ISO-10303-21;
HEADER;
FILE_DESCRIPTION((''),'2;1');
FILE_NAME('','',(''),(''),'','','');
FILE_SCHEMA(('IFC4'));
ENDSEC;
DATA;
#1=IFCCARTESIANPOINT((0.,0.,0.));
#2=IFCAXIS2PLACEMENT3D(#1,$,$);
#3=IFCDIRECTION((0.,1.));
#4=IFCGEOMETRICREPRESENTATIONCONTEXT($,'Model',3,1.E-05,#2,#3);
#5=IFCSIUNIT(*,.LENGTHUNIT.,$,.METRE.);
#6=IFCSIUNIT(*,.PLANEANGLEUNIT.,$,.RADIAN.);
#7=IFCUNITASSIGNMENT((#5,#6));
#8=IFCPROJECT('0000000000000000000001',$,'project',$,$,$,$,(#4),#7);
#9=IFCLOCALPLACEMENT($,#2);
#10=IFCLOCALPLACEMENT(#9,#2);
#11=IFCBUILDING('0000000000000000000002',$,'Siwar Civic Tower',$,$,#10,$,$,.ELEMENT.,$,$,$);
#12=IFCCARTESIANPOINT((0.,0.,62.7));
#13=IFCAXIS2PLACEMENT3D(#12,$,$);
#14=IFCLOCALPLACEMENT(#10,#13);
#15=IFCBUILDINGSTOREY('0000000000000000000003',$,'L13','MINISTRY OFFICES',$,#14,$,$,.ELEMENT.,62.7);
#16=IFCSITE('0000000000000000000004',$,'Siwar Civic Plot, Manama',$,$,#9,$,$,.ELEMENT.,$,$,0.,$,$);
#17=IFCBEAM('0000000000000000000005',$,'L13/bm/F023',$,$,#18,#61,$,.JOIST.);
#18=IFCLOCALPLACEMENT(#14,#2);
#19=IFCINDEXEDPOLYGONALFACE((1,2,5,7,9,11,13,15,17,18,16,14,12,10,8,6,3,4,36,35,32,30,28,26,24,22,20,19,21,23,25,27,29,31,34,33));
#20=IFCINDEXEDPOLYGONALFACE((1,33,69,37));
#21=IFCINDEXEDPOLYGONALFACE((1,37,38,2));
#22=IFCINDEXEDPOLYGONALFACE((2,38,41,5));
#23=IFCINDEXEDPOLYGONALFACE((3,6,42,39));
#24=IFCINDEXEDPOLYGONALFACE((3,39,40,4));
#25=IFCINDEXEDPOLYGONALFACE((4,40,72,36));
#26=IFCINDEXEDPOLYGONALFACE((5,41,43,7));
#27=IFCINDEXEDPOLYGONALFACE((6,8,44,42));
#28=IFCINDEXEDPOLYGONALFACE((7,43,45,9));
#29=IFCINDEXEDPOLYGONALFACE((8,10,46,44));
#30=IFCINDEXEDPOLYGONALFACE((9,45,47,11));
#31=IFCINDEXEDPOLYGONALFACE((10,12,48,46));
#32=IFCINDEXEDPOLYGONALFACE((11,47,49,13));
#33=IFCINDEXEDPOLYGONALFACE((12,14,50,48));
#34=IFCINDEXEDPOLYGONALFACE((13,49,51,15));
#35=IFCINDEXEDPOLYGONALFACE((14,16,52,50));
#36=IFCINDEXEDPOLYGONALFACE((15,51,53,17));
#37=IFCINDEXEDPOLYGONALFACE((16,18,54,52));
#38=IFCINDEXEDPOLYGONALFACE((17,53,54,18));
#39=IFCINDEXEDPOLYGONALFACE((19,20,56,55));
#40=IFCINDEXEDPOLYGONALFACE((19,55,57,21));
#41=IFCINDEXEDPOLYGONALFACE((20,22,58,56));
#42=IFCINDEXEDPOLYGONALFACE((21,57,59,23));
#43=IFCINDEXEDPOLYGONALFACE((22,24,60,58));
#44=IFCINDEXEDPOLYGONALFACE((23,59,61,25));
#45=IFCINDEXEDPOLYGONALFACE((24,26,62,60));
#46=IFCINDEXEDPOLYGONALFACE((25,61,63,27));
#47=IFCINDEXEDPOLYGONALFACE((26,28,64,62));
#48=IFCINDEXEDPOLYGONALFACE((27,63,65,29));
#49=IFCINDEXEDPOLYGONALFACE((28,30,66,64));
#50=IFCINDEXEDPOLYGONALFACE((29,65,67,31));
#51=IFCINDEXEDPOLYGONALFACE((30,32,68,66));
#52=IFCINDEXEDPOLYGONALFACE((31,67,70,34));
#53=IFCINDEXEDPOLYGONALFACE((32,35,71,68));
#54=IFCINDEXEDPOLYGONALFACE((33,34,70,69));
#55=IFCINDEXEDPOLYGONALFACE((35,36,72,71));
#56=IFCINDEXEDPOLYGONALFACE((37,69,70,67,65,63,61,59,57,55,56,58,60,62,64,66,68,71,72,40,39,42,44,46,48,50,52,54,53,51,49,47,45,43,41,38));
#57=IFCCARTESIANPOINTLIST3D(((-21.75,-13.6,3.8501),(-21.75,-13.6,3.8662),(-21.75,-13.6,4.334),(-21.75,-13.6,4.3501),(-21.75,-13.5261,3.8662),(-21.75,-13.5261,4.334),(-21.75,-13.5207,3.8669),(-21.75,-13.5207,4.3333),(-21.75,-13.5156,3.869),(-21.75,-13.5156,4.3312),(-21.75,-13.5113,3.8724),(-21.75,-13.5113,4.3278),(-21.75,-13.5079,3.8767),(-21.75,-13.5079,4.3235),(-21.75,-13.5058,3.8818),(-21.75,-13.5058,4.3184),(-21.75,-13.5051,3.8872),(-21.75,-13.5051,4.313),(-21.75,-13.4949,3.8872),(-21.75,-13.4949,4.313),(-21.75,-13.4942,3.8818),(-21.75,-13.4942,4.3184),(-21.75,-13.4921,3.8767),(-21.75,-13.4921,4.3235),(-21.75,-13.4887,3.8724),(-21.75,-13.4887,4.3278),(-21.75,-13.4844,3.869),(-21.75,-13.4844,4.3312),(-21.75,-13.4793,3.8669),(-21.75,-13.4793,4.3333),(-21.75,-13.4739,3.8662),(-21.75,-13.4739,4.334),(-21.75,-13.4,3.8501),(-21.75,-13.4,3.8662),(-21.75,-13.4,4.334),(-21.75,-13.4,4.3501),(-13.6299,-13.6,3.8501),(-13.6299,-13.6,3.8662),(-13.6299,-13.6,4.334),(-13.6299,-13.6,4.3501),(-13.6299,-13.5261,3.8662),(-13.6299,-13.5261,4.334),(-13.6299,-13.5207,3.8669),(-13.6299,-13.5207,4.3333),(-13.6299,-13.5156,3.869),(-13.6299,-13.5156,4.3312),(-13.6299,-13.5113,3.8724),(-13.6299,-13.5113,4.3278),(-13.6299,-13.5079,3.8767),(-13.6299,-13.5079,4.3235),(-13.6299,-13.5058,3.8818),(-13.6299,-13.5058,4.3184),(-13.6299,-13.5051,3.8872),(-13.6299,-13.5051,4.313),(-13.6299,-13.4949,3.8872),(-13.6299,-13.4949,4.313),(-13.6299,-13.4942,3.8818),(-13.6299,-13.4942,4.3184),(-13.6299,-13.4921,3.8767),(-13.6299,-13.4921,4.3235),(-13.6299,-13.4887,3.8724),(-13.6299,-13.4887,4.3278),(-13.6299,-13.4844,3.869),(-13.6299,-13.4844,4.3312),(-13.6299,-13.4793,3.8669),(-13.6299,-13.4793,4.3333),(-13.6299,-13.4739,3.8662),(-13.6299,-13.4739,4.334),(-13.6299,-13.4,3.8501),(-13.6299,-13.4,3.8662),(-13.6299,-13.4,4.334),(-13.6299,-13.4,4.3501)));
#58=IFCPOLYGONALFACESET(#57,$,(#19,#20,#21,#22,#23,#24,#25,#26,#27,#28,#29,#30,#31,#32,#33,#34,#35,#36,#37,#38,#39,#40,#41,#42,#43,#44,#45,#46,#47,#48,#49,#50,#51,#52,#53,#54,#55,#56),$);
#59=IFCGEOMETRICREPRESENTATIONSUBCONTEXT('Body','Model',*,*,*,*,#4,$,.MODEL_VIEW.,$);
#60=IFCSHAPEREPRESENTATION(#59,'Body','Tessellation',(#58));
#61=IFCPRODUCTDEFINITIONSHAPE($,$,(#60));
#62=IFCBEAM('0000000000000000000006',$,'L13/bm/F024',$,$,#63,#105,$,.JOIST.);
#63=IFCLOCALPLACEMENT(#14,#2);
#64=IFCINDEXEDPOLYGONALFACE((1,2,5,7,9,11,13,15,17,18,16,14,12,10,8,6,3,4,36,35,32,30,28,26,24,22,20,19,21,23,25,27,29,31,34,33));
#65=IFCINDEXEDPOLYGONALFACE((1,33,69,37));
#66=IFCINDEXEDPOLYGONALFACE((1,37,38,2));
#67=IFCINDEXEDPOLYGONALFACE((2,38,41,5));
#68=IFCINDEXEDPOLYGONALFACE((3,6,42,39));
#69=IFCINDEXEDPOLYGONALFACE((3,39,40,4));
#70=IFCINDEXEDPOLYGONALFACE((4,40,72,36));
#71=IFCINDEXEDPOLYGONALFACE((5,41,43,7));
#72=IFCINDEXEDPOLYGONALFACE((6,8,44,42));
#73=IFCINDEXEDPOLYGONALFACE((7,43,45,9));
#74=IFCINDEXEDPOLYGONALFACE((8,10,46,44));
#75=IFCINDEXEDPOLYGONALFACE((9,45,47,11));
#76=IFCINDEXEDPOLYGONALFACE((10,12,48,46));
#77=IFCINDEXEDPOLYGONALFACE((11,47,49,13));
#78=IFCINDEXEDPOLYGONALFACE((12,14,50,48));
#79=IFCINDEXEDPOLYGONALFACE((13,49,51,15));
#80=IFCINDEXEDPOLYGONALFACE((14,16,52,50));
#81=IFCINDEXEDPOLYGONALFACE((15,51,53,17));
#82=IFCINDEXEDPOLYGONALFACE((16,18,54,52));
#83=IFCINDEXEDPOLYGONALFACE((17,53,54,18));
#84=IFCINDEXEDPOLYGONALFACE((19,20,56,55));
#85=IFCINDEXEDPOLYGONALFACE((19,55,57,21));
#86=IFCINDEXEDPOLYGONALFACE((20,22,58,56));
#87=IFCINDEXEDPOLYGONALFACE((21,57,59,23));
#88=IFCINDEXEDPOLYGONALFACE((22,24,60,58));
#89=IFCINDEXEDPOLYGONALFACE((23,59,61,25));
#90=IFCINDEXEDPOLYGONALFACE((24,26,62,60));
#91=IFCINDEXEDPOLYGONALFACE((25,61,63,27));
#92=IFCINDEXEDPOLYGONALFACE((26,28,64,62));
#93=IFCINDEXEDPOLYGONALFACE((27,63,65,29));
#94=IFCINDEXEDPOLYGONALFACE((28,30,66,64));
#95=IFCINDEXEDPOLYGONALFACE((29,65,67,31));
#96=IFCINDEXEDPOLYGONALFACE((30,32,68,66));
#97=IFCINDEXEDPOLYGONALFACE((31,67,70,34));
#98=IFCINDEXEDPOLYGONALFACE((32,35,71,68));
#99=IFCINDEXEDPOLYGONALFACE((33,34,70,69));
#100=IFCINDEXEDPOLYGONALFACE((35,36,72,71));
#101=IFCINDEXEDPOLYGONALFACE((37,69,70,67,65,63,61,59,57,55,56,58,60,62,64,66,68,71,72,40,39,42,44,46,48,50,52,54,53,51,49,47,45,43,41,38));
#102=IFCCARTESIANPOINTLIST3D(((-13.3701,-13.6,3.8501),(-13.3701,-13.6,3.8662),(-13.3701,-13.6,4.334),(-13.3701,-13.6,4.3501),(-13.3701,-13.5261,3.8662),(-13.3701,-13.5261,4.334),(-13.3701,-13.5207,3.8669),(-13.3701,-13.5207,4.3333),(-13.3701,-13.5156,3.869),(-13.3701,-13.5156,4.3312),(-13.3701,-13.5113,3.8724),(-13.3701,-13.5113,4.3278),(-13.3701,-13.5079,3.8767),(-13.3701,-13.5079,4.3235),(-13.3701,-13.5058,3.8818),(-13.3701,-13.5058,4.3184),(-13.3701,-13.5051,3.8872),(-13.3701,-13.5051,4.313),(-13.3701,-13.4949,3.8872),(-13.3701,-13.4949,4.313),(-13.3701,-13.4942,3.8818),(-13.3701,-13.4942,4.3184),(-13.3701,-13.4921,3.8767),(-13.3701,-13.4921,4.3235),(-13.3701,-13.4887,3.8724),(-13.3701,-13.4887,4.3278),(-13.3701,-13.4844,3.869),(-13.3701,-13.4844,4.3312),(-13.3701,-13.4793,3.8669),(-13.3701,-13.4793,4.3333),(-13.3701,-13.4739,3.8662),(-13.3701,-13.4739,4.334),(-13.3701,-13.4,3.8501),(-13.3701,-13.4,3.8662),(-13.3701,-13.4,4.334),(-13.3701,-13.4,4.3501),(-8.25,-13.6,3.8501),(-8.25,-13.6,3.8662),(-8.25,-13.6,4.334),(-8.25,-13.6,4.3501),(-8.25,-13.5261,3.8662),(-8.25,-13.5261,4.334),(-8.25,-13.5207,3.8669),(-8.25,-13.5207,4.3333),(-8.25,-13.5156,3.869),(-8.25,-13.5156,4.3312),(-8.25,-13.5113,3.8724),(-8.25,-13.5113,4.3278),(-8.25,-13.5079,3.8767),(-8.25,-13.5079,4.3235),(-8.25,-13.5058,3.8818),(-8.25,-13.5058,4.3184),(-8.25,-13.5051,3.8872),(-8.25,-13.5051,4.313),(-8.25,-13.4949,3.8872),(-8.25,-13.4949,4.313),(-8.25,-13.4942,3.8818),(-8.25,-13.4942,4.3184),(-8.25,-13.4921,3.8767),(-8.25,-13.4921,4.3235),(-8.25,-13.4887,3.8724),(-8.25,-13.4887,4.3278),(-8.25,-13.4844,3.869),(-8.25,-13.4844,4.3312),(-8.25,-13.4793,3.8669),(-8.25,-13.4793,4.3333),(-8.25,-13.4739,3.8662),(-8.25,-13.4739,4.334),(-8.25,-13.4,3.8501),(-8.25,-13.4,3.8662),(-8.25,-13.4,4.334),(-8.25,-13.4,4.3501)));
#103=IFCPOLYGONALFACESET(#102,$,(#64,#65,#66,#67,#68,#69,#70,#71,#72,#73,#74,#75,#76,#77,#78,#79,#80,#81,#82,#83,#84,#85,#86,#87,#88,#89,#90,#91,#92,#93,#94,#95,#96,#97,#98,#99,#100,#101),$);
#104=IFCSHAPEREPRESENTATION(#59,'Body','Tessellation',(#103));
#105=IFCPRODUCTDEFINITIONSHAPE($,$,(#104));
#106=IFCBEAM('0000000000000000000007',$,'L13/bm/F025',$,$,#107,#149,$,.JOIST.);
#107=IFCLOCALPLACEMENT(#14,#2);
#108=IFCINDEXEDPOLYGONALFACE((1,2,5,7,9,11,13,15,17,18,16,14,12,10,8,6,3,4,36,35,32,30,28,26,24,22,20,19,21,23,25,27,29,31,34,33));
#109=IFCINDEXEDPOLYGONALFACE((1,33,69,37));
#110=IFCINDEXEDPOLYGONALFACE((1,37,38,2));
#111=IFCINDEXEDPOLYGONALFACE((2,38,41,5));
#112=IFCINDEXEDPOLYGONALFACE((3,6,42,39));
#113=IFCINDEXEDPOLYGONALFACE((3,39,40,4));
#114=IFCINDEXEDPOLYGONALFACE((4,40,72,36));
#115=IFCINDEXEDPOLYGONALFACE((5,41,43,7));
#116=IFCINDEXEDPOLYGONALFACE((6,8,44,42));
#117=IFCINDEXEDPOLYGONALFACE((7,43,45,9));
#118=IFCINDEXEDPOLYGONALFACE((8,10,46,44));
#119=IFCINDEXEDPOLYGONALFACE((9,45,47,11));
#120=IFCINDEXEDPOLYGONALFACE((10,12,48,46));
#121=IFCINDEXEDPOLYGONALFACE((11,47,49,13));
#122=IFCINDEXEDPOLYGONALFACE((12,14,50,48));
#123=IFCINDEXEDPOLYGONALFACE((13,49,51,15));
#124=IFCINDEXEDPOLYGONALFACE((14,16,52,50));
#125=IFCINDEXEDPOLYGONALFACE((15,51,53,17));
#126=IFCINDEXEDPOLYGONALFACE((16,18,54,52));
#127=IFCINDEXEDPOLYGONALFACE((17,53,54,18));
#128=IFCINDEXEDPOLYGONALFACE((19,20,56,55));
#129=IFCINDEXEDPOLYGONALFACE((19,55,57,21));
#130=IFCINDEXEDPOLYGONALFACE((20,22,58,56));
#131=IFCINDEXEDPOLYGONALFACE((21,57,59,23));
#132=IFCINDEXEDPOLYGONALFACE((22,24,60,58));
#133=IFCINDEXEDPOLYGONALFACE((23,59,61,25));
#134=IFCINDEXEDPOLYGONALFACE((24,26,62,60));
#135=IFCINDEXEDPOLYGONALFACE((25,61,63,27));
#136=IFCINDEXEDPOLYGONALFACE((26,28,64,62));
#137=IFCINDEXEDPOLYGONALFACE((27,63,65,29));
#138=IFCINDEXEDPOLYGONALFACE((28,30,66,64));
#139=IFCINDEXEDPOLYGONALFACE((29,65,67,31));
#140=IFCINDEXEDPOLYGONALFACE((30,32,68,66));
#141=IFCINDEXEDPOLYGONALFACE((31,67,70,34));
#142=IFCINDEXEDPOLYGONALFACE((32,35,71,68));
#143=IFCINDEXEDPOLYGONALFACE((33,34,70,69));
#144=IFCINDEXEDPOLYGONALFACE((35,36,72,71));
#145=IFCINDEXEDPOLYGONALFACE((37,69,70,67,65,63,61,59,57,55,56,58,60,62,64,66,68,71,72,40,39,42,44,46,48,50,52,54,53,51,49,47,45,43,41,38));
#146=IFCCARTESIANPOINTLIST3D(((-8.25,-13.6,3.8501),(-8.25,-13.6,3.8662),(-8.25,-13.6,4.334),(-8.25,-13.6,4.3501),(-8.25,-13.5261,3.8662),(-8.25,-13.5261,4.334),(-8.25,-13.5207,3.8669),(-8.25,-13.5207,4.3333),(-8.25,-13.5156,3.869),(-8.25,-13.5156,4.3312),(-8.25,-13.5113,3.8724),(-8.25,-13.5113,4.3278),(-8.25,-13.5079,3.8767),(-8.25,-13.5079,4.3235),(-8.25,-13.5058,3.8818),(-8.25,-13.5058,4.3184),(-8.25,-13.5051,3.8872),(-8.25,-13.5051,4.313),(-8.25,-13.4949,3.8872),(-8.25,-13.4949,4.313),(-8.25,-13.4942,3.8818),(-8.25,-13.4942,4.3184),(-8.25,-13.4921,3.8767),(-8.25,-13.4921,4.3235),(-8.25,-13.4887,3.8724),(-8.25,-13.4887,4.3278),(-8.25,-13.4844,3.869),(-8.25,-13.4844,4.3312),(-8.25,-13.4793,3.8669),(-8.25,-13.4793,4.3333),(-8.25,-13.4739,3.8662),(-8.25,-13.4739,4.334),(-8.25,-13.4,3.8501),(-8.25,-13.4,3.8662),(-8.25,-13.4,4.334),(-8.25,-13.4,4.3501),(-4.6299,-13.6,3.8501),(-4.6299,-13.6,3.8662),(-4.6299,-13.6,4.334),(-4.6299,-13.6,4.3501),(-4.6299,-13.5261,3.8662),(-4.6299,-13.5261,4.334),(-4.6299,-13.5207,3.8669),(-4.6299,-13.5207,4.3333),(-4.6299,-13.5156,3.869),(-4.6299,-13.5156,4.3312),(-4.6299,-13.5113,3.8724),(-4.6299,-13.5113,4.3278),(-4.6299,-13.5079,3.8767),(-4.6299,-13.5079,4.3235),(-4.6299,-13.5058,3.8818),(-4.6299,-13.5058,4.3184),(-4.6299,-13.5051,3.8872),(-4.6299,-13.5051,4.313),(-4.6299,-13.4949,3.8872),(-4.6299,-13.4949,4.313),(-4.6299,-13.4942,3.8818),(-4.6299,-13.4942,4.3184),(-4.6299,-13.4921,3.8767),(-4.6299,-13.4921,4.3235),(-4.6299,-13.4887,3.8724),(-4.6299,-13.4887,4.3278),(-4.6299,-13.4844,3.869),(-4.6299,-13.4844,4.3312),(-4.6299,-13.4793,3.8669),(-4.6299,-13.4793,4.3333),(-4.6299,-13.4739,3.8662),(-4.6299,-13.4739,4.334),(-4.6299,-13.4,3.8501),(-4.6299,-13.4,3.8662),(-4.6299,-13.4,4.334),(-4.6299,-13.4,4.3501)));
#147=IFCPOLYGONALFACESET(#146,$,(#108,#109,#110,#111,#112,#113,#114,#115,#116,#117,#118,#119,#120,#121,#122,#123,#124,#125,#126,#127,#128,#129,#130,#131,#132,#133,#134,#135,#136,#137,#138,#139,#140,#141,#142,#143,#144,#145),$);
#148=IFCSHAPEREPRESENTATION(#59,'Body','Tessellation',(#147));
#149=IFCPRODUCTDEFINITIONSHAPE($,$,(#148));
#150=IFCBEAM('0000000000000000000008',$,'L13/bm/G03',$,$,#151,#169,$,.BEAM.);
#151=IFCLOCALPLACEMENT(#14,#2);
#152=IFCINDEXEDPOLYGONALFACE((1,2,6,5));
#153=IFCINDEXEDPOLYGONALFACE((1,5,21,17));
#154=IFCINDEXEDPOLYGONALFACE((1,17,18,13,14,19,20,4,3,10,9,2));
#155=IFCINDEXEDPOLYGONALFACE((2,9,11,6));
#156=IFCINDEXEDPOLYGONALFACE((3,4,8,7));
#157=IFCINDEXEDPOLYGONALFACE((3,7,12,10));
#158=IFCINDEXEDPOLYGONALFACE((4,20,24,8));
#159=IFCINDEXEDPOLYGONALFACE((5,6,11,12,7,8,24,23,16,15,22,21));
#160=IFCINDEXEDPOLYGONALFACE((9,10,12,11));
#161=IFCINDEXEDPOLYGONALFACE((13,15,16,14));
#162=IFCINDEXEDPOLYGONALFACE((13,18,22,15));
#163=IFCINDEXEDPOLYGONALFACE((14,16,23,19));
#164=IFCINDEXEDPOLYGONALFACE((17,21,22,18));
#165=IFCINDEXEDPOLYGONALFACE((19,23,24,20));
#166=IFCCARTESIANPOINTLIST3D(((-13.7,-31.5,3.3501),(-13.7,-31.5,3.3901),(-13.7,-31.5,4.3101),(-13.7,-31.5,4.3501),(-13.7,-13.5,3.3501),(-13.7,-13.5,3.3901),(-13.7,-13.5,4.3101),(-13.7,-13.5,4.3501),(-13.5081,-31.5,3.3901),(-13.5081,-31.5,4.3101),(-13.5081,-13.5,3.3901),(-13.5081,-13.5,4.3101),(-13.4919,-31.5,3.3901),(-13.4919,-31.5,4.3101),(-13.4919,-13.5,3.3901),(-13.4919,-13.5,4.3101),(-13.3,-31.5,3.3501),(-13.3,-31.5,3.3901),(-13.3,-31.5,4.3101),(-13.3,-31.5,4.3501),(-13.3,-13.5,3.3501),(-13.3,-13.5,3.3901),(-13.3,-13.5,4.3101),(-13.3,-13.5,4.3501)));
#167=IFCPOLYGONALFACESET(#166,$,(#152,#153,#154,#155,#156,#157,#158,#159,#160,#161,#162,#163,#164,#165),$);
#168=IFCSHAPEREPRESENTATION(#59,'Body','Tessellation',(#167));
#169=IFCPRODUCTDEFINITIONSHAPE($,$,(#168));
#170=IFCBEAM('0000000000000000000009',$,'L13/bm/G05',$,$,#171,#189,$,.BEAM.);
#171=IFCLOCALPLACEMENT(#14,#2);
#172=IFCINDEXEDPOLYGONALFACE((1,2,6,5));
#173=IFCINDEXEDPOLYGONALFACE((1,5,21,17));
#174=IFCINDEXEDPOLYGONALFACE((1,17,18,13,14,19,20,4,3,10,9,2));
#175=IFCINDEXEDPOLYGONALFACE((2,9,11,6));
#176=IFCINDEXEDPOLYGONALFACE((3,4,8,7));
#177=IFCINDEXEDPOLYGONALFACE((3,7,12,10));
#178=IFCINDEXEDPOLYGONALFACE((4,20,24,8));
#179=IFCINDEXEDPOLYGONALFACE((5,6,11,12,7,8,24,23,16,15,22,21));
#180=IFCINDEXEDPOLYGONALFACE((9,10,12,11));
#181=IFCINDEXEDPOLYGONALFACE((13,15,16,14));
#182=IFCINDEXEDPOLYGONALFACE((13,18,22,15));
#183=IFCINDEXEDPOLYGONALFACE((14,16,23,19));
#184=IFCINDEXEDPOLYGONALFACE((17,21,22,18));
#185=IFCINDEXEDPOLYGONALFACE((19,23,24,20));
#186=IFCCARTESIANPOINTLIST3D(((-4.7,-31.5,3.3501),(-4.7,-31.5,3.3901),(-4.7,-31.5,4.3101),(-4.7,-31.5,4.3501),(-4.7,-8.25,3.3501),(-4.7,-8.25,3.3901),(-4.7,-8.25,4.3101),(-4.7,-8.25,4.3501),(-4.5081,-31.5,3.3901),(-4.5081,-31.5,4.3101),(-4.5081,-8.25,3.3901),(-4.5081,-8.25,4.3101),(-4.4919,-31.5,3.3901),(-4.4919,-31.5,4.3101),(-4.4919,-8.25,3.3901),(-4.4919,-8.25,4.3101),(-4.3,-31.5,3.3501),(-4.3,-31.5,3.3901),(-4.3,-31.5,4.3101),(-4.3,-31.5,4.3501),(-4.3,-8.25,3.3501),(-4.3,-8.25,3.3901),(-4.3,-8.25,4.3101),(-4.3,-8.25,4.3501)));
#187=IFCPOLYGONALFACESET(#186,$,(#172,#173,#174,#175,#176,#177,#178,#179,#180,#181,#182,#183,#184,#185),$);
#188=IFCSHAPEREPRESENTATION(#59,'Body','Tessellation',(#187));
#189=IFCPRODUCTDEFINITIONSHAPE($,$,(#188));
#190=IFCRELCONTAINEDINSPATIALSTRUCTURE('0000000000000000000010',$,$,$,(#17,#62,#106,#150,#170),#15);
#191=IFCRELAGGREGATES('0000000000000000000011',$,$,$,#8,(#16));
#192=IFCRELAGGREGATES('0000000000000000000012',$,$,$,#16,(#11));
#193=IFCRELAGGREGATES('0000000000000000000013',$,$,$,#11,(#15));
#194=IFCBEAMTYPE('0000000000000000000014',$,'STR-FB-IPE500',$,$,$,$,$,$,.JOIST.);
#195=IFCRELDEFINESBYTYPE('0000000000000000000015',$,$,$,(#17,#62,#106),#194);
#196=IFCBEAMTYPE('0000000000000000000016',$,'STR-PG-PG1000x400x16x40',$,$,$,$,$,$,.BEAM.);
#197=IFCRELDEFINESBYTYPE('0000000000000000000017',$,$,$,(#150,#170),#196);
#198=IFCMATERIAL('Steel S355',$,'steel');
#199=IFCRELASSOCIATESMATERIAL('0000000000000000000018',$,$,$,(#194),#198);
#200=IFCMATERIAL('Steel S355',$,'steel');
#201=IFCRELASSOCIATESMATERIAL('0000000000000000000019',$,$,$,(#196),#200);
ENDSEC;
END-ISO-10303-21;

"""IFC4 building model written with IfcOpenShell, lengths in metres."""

from ifc_helpers import new_model, si_unit, direction, frame, origin, origin_2d, place, context, subcontext, project, spatial, i_section, extrude, material, material_profile, profile_set, type_object, element, save


model = new_model("IFC4")

# Units and contexts
model_context = context("Model", 3, precision=1e-05, world=origin(), true_north=direction((0.0, 1.0)))
body_context = subcontext(model_context, "Body", "Model", "MODEL_VIEW")
ifc_project = project(units=[si_unit("LENGTHUNIT", "METRE"), si_unit("PLANEANGLEUNIT", "RADIAN")], contexts=[model_context])

# Site, building, storey
site_placement = place(None, origin())
site = spatial("IfcSite", under=ifc_project, at=site_placement, Name="Siwar Civic Plot, Manama", CompositionType="ELEMENT", RefElevation=0.0)
building_placement = place(site_placement, origin())
building = spatial("IfcBuilding", under=site, at=building_placement, Name="Siwar Civic Tower", CompositionType="ELEMENT")
storey_placement = place(building_placement, frame((0.0, 0.0, 62.7)))
storey = spatial("IfcBuildingStorey", under=building, at=storey_placement, Name="L13", Description="MINISTRY OFFICES", CompositionType="ELEMENT", Elevation=62.7)

# Beams
ifc_material_1 = material(Name="Steel S355", Category="steel")
ifc_material_profile_1 = material_profile(ifc_material_1, i_section(OverallWidth=0.2, OverallDepth=0.5, WebThickness=0.0103, FlangeThickness=0.0161, FilletRadius=0.021, at=origin_2d()), Name="IPE500")
ifc_profile_set_1 = profile_set([ifc_material_profile_1], Name="Steel S355")
beam_type_1 = type_object("IfcBeamType", Name="STR-FB-IPE500", PredefinedType="JOIST", material=ifc_profile_set_1)
beam_1_placement = place(storey_placement, frame((-21.75, -13.5, 4.1001), z_axis=(1.0, 0.0, 0.0), x_axis=(0.0, 1.0, 0.0)))
element("IfcBeam", 1, at=beam_1_placement, inside=storey, type_object=beam_type_1, Name="L13/bm/F023", PredefinedType="JOIST", context=body_context, shape_type="SweptSolid", body=[
    extrude(i_section(OverallWidth=0.2, OverallDepth=0.5, WebThickness=0.0103, FlangeThickness=0.0161, FilletRadius=0.021, at=origin_2d()), origin(), (0.0, 0.0, 1.0), 8.1201),
])
beam_2_placement = place(storey_placement, frame((-13.3701, -13.5, 4.1001), z_axis=(1.0, 0.0, 0.0), x_axis=(0.0, 1.0, 0.0)))
element("IfcBeam", 2, at=beam_2_placement, inside=storey, type_object=beam_type_1, Name="L13/bm/F024", PredefinedType="JOIST", context=body_context, shape_type="SweptSolid", body=[
    extrude(i_section(OverallWidth=0.2, OverallDepth=0.5, WebThickness=0.0103, FlangeThickness=0.0161, FilletRadius=0.021, at=origin_2d()), origin(), (0.0, 0.0, 1.0), 5.1201),
])
beam_3_placement = place(storey_placement, frame((-8.25, -13.5, 4.1001), z_axis=(1.0, 0.0, 0.0), x_axis=(0.0, 1.0, 0.0)))
element("IfcBeam", 3, at=beam_3_placement, inside=storey, type_object=beam_type_1, Name="L13/bm/F025", PredefinedType="JOIST", context=body_context, shape_type="SweptSolid", body=[
    extrude(i_section(OverallWidth=0.2, OverallDepth=0.5, WebThickness=0.0103, FlangeThickness=0.0161, FilletRadius=0.021, at=origin_2d()), origin(), (0.0, 0.0, 1.0), 3.6201),
])
ifc_material_2 = material(Name="Steel S355", Category="steel")
ifc_material_profile_2 = material_profile(ifc_material_2, i_section(OverallWidth=0.3999, OverallDepth=1.0, WebThickness=0.0161, FlangeThickness=0.04, at=origin_2d()), Name="PG1000x400x16x40")
ifc_profile_set_2 = profile_set([ifc_material_profile_2], Name="Steel S355")
beam_type_2 = type_object("IfcBeamType", Name="STR-PG-PG1000x400x16x40", PredefinedType="BEAM", material=ifc_profile_set_2)
beam_4_placement = place(storey_placement, frame((-13.5, -31.5, 3.8501), z_axis=(0.0, 1.0, 0.0), x_axis=(-1.0, 0.0, 0.0)))
element("IfcBeam", 4, at=beam_4_placement, inside=storey, type_object=beam_type_2, Name="L13/bm/G03", PredefinedType="BEAM", context=body_context, shape_type="SweptSolid", body=[
    extrude(i_section(OverallWidth=0.3999, OverallDepth=1.0, WebThickness=0.0161, FlangeThickness=0.04, at=origin_2d()), origin(), (0.0, 0.0, 1.0), 18.0),
])
beam_5_placement = place(storey_placement, frame((-4.5, -31.5, 3.8501), z_axis=(0.0, 1.0, 0.0), x_axis=(-1.0, 0.0, 0.0)))
element("IfcBeam", 5, at=beam_5_placement, inside=storey, type_object=beam_type_2, Name="L13/bm/G05", PredefinedType="BEAM", context=body_context, shape_type="SweptSolid", body=[
    extrude(i_section(OverallWidth=0.3999, OverallDepth=1.0, WebThickness=0.0161, FlangeThickness=0.04, at=origin_2d()), origin(), (0.0, 0.0, 1.0), 23.25),
])

save(model, "model.ifc")
